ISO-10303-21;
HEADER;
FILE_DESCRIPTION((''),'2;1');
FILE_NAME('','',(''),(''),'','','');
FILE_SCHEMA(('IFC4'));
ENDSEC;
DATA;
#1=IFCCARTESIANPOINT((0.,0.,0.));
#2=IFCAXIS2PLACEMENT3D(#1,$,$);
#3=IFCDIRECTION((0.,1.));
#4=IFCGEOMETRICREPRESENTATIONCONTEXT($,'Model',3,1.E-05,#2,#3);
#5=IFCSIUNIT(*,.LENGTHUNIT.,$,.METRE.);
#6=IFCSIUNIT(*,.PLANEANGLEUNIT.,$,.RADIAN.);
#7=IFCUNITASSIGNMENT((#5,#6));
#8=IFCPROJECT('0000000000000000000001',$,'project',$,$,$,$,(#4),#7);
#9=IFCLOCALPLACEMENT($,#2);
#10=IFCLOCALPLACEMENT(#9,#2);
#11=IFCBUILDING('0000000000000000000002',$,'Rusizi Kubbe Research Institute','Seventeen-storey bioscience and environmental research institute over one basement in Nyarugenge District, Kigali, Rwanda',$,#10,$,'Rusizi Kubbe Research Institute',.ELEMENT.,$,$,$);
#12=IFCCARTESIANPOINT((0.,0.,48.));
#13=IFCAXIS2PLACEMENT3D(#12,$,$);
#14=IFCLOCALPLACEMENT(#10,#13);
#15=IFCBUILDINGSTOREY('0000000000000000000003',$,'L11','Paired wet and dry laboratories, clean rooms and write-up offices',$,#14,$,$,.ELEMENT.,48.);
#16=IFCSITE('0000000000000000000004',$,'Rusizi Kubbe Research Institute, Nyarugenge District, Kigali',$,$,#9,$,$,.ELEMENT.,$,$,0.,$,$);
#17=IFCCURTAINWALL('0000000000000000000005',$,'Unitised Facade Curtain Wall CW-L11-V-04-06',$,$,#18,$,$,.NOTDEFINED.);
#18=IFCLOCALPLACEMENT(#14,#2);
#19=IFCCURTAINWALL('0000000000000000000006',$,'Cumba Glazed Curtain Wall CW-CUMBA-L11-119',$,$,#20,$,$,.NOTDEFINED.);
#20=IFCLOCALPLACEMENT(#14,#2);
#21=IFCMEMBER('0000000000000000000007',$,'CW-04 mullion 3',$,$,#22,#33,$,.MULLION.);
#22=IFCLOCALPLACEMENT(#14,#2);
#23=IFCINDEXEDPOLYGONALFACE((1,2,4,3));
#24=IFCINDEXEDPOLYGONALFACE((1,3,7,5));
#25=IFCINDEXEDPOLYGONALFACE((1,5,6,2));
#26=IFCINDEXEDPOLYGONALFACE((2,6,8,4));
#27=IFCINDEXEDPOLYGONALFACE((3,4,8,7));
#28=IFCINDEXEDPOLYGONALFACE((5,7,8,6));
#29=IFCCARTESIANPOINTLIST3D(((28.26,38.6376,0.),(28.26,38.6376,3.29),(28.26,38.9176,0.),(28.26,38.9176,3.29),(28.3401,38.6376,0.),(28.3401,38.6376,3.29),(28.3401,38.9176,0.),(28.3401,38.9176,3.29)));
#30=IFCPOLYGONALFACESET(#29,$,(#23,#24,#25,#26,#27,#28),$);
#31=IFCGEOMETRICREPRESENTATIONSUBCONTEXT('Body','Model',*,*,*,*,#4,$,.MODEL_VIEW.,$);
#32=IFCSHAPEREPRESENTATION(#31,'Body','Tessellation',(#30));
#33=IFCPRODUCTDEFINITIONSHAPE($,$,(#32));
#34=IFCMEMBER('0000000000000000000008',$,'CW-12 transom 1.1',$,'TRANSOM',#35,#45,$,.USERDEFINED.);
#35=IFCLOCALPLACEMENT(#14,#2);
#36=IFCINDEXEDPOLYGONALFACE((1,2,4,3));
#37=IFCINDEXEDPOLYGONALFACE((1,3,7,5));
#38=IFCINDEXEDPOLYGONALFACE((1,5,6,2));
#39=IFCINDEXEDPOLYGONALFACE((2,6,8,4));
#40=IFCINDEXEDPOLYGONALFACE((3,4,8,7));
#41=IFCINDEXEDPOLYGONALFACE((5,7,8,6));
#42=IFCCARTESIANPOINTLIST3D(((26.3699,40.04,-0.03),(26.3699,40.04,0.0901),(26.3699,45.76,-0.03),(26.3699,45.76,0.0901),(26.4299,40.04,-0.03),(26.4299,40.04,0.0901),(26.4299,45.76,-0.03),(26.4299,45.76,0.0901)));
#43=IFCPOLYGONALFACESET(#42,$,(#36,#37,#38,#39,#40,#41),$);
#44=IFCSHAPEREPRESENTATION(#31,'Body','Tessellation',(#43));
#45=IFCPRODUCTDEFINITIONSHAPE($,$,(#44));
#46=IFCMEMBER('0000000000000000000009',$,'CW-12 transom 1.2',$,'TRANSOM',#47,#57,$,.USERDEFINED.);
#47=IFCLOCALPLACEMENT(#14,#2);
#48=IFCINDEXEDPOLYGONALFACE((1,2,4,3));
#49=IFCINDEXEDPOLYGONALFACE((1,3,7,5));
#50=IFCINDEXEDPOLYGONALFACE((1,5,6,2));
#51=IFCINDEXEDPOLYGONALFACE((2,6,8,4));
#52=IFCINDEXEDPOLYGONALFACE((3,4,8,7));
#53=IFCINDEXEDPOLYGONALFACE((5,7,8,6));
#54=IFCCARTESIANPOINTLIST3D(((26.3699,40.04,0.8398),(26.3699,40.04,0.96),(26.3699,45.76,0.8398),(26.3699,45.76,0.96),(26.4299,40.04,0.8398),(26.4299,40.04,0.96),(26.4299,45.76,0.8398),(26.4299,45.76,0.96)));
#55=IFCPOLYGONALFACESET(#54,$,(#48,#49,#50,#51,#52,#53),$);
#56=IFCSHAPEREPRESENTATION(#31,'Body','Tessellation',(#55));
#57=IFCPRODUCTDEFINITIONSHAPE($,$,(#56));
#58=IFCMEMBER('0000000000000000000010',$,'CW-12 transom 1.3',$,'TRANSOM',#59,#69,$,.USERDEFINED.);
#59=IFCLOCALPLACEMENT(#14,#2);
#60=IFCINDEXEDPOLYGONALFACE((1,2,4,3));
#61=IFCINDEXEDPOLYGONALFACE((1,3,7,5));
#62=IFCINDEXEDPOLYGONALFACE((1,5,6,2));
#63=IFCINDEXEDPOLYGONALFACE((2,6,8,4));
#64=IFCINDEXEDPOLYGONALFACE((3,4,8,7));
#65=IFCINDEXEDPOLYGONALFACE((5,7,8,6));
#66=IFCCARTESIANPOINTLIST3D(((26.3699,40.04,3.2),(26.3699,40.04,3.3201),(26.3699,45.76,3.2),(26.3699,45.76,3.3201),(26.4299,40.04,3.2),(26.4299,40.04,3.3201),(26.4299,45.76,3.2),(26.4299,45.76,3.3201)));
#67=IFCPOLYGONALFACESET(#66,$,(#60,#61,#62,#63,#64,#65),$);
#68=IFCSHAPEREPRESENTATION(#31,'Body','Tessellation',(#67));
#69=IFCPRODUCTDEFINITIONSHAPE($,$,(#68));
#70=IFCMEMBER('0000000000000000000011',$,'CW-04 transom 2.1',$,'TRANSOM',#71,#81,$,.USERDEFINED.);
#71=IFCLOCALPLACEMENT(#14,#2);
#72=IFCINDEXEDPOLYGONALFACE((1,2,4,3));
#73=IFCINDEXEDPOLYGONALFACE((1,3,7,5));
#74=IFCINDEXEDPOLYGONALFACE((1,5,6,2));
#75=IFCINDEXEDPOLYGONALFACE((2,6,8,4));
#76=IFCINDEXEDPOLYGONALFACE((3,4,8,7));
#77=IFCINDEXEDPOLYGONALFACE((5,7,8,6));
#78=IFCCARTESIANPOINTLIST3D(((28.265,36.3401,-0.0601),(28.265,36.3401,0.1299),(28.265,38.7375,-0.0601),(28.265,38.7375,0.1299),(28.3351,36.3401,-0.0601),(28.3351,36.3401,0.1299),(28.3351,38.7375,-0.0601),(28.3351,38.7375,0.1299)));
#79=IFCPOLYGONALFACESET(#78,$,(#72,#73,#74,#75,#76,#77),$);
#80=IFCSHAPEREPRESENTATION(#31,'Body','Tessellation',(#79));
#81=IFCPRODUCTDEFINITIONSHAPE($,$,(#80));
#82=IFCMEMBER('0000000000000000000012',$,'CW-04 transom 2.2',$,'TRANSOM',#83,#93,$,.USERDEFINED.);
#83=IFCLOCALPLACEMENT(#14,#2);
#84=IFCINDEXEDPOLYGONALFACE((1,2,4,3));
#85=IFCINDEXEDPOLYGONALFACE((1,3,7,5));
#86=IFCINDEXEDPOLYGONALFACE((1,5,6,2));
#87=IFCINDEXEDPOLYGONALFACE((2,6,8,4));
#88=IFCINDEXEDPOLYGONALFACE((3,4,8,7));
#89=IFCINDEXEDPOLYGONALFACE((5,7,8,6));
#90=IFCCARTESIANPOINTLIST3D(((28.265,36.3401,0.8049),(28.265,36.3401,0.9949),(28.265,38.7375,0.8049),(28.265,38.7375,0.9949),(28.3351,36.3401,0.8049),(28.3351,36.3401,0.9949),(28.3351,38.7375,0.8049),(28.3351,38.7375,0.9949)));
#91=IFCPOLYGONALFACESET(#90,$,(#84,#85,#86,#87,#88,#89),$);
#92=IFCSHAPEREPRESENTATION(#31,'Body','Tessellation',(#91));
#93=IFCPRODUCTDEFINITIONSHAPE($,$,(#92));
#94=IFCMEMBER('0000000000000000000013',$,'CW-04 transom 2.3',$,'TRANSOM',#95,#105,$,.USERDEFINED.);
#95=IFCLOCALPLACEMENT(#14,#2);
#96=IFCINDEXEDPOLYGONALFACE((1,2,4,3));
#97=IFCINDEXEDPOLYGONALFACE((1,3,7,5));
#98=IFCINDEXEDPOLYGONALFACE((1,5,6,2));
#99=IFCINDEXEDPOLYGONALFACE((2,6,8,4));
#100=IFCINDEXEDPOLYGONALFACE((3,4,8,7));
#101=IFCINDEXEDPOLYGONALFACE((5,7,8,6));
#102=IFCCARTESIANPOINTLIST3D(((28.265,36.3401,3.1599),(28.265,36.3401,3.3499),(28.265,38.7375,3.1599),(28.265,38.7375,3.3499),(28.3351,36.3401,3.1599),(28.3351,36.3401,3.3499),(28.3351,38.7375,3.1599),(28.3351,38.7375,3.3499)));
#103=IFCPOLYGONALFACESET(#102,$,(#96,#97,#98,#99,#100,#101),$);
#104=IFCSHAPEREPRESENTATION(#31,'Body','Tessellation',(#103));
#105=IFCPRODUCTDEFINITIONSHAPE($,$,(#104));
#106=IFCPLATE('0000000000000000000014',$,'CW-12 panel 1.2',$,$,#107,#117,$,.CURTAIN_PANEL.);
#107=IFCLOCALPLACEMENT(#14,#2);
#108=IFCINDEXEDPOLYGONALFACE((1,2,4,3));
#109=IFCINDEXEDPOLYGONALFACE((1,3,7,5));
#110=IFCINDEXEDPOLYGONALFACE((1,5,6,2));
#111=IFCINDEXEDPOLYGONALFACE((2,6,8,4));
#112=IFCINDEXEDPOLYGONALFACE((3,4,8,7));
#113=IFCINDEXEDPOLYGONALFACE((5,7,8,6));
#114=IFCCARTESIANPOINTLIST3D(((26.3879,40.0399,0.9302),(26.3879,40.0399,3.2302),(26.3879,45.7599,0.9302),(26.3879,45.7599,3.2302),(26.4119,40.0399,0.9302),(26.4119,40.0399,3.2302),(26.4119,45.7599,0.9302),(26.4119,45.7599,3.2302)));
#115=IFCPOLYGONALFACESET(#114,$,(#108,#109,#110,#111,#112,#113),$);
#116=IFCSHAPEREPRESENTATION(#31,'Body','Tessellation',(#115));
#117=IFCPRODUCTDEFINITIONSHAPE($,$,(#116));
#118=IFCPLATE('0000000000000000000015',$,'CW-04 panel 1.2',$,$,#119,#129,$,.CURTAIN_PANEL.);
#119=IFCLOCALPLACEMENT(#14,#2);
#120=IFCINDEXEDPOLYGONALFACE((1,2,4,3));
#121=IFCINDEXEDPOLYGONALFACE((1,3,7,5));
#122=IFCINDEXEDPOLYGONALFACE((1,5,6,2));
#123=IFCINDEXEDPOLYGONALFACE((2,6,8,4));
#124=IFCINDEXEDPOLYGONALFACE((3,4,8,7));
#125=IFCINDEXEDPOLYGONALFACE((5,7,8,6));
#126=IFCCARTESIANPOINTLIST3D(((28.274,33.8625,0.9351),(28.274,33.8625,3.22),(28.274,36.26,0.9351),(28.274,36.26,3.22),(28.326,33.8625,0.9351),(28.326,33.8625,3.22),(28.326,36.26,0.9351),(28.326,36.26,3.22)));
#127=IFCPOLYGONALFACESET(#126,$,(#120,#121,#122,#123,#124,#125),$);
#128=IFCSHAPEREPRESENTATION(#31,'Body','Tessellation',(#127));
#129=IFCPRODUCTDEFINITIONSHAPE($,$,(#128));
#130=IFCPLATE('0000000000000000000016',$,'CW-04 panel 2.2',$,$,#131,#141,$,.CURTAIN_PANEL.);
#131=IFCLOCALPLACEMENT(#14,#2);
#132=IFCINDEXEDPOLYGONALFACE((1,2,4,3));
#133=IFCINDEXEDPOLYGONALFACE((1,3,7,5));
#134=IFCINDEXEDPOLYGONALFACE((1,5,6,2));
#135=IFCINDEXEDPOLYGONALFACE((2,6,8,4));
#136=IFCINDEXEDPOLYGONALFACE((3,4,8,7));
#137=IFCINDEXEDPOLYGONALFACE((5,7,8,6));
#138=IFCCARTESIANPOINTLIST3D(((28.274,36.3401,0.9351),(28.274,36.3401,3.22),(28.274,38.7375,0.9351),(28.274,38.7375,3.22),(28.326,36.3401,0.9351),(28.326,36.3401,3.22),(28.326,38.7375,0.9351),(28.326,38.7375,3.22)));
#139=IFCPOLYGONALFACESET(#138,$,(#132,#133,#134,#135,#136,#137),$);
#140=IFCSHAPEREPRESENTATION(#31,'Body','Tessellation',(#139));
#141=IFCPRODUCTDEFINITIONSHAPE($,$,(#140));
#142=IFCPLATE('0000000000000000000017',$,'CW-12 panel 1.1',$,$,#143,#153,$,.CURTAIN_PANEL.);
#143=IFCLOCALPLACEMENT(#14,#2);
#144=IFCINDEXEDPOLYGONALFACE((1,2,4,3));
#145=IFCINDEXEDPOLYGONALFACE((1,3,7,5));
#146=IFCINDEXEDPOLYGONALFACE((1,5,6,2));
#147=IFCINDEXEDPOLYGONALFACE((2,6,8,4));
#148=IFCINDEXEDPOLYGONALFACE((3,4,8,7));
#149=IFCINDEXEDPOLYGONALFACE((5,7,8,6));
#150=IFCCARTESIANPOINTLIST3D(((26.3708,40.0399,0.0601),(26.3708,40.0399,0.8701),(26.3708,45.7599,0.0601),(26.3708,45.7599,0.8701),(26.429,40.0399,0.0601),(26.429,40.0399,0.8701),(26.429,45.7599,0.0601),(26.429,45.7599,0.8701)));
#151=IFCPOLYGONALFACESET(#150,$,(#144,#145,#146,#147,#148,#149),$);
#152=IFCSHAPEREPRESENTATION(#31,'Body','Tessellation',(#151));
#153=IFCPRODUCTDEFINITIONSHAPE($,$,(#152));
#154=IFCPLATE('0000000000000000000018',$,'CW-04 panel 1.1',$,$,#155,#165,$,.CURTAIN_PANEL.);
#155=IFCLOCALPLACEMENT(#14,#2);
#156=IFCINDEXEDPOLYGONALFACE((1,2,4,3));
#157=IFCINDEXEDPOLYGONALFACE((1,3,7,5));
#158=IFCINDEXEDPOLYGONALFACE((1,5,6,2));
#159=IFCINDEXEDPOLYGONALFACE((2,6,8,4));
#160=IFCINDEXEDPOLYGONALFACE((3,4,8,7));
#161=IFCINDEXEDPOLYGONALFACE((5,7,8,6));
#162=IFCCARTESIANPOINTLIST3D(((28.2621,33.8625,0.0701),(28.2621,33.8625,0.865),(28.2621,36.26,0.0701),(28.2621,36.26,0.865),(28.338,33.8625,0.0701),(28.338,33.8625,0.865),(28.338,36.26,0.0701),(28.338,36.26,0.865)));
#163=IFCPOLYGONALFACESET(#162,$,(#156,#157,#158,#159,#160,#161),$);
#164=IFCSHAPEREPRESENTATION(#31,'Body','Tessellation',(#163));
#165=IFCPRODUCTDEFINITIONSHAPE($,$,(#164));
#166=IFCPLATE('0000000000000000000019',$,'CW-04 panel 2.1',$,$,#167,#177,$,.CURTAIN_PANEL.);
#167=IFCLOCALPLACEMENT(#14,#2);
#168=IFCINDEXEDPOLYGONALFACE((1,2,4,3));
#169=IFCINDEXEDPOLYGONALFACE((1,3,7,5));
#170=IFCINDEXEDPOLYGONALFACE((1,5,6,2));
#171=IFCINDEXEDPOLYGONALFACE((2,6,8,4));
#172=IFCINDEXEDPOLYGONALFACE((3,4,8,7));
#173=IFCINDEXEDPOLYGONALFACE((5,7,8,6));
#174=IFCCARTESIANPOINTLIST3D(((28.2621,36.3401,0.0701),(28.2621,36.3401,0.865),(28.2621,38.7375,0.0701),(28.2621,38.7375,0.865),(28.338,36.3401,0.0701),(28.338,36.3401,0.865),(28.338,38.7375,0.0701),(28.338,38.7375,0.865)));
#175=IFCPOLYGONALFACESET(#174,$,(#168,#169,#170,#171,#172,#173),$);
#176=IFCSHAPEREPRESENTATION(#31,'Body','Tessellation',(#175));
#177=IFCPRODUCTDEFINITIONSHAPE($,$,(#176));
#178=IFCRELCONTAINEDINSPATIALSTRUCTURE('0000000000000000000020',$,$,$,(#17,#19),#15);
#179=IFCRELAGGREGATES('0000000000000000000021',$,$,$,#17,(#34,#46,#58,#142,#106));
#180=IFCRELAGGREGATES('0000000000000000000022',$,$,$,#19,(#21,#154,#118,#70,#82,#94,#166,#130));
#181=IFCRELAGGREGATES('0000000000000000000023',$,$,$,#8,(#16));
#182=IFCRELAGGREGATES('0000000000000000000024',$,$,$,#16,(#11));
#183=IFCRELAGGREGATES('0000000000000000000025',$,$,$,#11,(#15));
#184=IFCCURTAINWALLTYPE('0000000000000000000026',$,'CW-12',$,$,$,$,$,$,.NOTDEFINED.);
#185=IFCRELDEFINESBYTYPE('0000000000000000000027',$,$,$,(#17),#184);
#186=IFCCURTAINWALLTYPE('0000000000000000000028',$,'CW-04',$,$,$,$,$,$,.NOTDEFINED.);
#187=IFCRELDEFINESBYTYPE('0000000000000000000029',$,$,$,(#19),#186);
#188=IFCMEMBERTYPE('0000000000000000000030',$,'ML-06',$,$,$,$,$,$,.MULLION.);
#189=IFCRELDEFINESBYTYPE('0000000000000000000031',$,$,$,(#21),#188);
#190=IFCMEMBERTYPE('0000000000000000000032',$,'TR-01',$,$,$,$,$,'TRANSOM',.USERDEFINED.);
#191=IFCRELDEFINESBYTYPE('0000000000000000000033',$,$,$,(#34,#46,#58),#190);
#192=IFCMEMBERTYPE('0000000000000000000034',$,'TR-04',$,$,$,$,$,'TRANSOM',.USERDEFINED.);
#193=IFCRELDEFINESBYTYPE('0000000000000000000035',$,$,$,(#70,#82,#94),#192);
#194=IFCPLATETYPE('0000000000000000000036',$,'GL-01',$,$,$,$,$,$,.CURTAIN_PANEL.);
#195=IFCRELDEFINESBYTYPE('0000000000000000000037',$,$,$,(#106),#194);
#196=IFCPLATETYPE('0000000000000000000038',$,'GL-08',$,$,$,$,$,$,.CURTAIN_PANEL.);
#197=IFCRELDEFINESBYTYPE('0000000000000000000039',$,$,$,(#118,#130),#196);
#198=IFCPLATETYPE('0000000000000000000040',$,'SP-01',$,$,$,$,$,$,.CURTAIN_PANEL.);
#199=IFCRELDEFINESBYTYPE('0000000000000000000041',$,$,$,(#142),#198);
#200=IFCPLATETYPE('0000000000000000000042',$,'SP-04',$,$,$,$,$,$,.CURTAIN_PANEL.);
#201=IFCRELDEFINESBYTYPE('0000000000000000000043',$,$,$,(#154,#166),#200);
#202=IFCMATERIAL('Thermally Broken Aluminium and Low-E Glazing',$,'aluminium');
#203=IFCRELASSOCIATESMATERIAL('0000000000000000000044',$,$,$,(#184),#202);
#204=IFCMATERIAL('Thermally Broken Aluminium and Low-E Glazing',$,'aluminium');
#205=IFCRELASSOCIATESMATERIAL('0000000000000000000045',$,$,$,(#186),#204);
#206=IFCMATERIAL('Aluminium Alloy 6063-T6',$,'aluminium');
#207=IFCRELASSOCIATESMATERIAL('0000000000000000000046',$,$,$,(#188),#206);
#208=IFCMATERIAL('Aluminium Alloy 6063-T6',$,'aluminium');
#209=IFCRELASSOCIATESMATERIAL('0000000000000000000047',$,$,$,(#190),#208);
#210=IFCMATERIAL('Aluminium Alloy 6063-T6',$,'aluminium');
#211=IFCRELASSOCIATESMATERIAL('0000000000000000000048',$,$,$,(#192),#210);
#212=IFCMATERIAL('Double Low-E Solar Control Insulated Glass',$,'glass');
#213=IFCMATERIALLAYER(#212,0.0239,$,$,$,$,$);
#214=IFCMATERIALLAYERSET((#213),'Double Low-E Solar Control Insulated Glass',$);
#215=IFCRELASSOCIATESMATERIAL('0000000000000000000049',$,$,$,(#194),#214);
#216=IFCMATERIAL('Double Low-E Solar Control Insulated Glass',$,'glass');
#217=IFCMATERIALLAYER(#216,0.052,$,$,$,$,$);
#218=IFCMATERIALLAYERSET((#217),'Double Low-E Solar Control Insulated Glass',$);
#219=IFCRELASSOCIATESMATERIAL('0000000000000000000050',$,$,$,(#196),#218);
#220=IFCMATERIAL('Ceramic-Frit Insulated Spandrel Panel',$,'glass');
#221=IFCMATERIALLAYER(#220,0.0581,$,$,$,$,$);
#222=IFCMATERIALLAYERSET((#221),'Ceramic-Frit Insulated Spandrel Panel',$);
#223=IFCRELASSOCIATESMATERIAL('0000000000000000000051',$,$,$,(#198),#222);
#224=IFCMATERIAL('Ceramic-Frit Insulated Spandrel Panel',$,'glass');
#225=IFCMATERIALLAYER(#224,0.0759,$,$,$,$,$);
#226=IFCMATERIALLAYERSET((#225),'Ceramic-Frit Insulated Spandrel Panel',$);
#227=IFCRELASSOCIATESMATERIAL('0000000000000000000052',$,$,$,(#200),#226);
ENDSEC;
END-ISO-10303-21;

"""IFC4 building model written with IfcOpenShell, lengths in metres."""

from ifc_helpers import new_model, si_unit, direction, frame, origin, origin_2d, place, context, subcontext, project, spatial, rectangle, extrude, material, layer, layer_set, material_profile, profile_set, type_object, element, aggregate, save


model = new_model("IFC4")

# Units and contexts
model_context = context("Model", 3, precision=1e-05, world=origin(), true_north=direction((0.0, 1.0)))
body_context = subcontext(model_context, "Body", "Model", "MODEL_VIEW")
ifc_project = project(units=[si_unit("LENGTHUNIT", "METRE"), si_unit("PLANEANGLEUNIT", "RADIAN")], contexts=[model_context])

# Site, building, storey
site_placement = place(None, origin())
site = spatial("IfcSite", under=ifc_project, at=site_placement, Name="Rusizi Kubbe Research Institute, Nyarugenge District, Kigali", CompositionType="ELEMENT", RefElevation=0.0)
building_placement = place(site_placement, origin())
building = spatial("IfcBuilding", under=site, at=building_placement, Name="Rusizi Kubbe Research Institute", Description="Seventeen-storey bioscience and environmental research institute over one basement in Nyarugenge District, Kigali, Rwanda", LongName="Rusizi Kubbe Research Institute", CompositionType="ELEMENT")
storey_placement = place(building_placement, frame((0.0, 0.0, 48.0)))
storey = spatial("IfcBuildingStorey", under=building, at=storey_placement, Name="L11", Description="Paired wet and dry laboratories, clean rooms and write-up offices", CompositionType="ELEMENT", Elevation=48.0)

# Curtain walls, member
ifc_material_1 = material(Name="Thermally Broken Aluminium and Low-E Glazing", Category="aluminium")
curtain_wall_type_1 = type_object("IfcCurtainWallType", Name="CW-12", PredefinedType="NOTDEFINED", material=ifc_material_1)
curtain_wall_1_placement = place(storey_placement, origin())
curtain_wall_1 = element("IfcCurtainWall", 1, at=curtain_wall_1_placement, inside=storey, type_object=curtain_wall_type_1, Name="Unitised Facade Curtain Wall CW-L11-V-04-06", PredefinedType="NOTDEFINED")
ifc_material_2 = material(Name="Thermally Broken Aluminium and Low-E Glazing", Category="aluminium")
curtain_wall_type_2 = type_object("IfcCurtainWallType", Name="CW-04", PredefinedType="NOTDEFINED", material=ifc_material_2)
curtain_wall_2_placement = place(storey_placement, origin())
curtain_wall_2 = element("IfcCurtainWall", 2, at=curtain_wall_2_placement, inside=storey, type_object=curtain_wall_type_2, Name="Cumba Glazed Curtain Wall CW-CUMBA-L11-119", PredefinedType="NOTDEFINED")
ifc_material_3 = material(Name="Aluminium Alloy 6063-T6", Category="aluminium")
ifc_material_profile_1 = material_profile(ifc_material_3, rectangle(XDim=0.0801, YDim=0.28, at=origin_2d()), Name="ALU-M 80x280")
ifc_profile_set_1 = profile_set([ifc_material_profile_1], Name="Aluminium Alloy 6063-T6")
member_type_1 = type_object("IfcMemberType", Name="ML-06", PredefinedType="MULLION", material=ifc_profile_set_1)
member_1_placement = place(storey_placement, frame((28.3, 38.7776, 0.0), z_axis=(0.0, 0.0, 1.0), x_axis=(-1.0, 0.0, 0.0)))
member_1 = element("IfcMember", 3, at=member_1_placement, type_object=member_type_1, Name="CW-04 mullion 3", PredefinedType="MULLION", context=body_context, shape_type="SweptSolid", body=[
    extrude(rectangle(XDim=0.0801, YDim=0.28, at=origin_2d()), origin(), (0.0, 0.0, 1.0), 3.29),
])

# Members
ifc_material_4 = material(Name="Aluminium Alloy 6063-T6", Category="aluminium")
ifc_material_profile_2 = material_profile(ifc_material_4, rectangle(XDim=0.0601, YDim=0.1201, at=origin_2d()), Name="ALU-T 60x120")
ifc_profile_set_2 = profile_set([ifc_material_profile_2], Name="Aluminium Alloy 6063-T6")
member_type_2 = type_object("IfcMemberType", Name="TR-01", ElementType="TRANSOM", PredefinedType="USERDEFINED", material=ifc_profile_set_2)
member_2_placement = place(storey_placement, frame((26.3999, 40.04, 0.03), z_axis=(0.0, 1.0, 0.0), x_axis=(-1.0, 0.0, 0.0)))
member_2 = element("IfcMember", 4, at=member_2_placement, type_object=member_type_2, Name="CW-12 transom 1.1", ObjectType="TRANSOM", PredefinedType="USERDEFINED", context=body_context, shape_type="SweptSolid", body=[
    extrude(rectangle(XDim=0.0601, YDim=0.1201, at=origin_2d()), origin(), (0.0, 0.0, 1.0), 5.72),
])
member_3_placement = place(storey_placement, frame((26.3999, 40.04, 0.8999), z_axis=(0.0, 1.0, 0.0), x_axis=(-1.0, 0.0, 0.0)))
member_3 = element("IfcMember", 5, at=member_3_placement, type_object=member_type_2, Name="CW-12 transom 1.2", ObjectType="TRANSOM", PredefinedType="USERDEFINED", context=body_context, shape_type="SweptSolid", body=[
    extrude(rectangle(XDim=0.0601, YDim=0.1201, at=origin_2d()), origin(), (0.0, 0.0, 1.0), 5.72),
])
member_4_placement = place(storey_placement, frame((26.3999, 40.04, 3.26), z_axis=(0.0, 1.0, 0.0), x_axis=(-1.0, 0.0, 0.0)))
member_4 = element("IfcMember", 6, at=member_4_placement, type_object=member_type_2, Name="CW-12 transom 1.3", ObjectType="TRANSOM", PredefinedType="USERDEFINED", context=body_context, shape_type="SweptSolid", body=[
    extrude(rectangle(XDim=0.0601, YDim=0.1201, at=origin_2d()), origin(), (0.0, 0.0, 1.0), 5.72),
])
ifc_material_5 = material(Name="Aluminium Alloy 6063-T6", Category="aluminium")
ifc_material_profile_3 = material_profile(ifc_material_5, rectangle(XDim=0.0701, YDim=0.1899, at=origin_2d()), Name="ALU-T 70x190")
ifc_profile_set_3 = profile_set([ifc_material_profile_3], Name="Aluminium Alloy 6063-T6")
member_type_3 = type_object("IfcMemberType", Name="TR-04", ElementType="TRANSOM", PredefinedType="USERDEFINED", material=ifc_profile_set_3)
member_5_placement = place(storey_placement, frame((28.3, 36.3401, 0.0349), z_axis=(0.0, 1.0, 0.0), x_axis=(-1.0, 0.0, 0.0)))
member_5 = element("IfcMember", 7, at=member_5_placement, type_object=member_type_3, Name="CW-04 transom 2.1", ObjectType="TRANSOM", PredefinedType="USERDEFINED", context=body_context, shape_type="SweptSolid", body=[
    extrude(rectangle(XDim=0.0701, YDim=0.1899, at=origin_2d()), origin(), (0.0, 0.0, 1.0), 2.3975),
])
member_6_placement = place(storey_placement, frame((28.3, 36.3401, 0.8999), z_axis=(0.0, 1.0, 0.0), x_axis=(-1.0, 0.0, 0.0)))
member_6 = element("IfcMember", 8, at=member_6_placement, type_object=member_type_3, Name="CW-04 transom 2.2", ObjectType="TRANSOM", PredefinedType="USERDEFINED", context=body_context, shape_type="SweptSolid", body=[
    extrude(rectangle(XDim=0.0701, YDim=0.1899, at=origin_2d()), origin(), (0.0, 0.0, 1.0), 2.3975),
])
member_7_placement = place(storey_placement, frame((28.3, 36.3401, 3.2549), z_axis=(0.0, 1.0, 0.0), x_axis=(-1.0, 0.0, 0.0)))
member_7 = element("IfcMember", 9, at=member_7_placement, type_object=member_type_3, Name="CW-04 transom 2.3", ObjectType="TRANSOM", PredefinedType="USERDEFINED", context=body_context, shape_type="SweptSolid", body=[
    extrude(rectangle(XDim=0.0701, YDim=0.1899, at=origin_2d()), origin(), (0.0, 0.0, 1.0), 2.3975),
])

# Plates
ifc_material_6 = material(Name="Double Low-E Solar Control Insulated Glass", Category="glass")
ifc_layer_1 = layer(ifc_material_6, 0.0239)
ifc_layer_set_1 = layer_set([ifc_layer_1], Name="Double Low-E Solar Control Insulated Glass")
plate_type_1 = type_object("IfcPlateType", Name="GL-01", PredefinedType="CURTAIN_PANEL", material=ifc_layer_set_1)
plate_1_placement = place(storey_placement, frame((26.3999, 42.8999, 0.9302), z_axis=(0.0, 0.0, 1.0), x_axis=(0.0, 1.0, 0.0)))
plate_1 = element("IfcPlate", 10, at=plate_1_placement, type_object=plate_type_1, Name="CW-12 panel 1.2", PredefinedType="CURTAIN_PANEL", context=body_context, shape_type="SweptSolid", body=[
    extrude(rectangle(XDim=5.72, YDim=0.0239, at=origin_2d()), origin(), (0.0, 0.0, 1.0), 2.3),
])
ifc_material_7 = material(Name="Double Low-E Solar Control Insulated Glass", Category="glass")
ifc_layer_2 = layer(ifc_material_7, 0.052)
ifc_layer_set_2 = layer_set([ifc_layer_2], Name="Double Low-E Solar Control Insulated Glass")
plate_type_2 = type_object("IfcPlateType", Name="GL-08", PredefinedType="CURTAIN_PANEL", material=ifc_layer_set_2)
plate_2_placement = place(storey_placement, frame((28.3, 35.0613, 0.9351), z_axis=(0.0, 0.0, 1.0), x_axis=(0.0, 1.0, 0.0)))
plate_2 = element("IfcPlate", 11, at=plate_2_placement, type_object=plate_type_2, Name="CW-04 panel 1.2", PredefinedType="CURTAIN_PANEL", context=body_context, shape_type="SweptSolid", body=[
    extrude(rectangle(XDim=2.3975, YDim=0.052, at=origin_2d()), origin(), (0.0, 0.0, 1.0), 2.2849),
])
plate_3_placement = place(storey_placement, frame((28.3, 37.5388, 0.9351), z_axis=(0.0, 0.0, 1.0), x_axis=(0.0, 1.0, 0.0)))
plate_3 = element("IfcPlate", 12, at=plate_3_placement, type_object=plate_type_2, Name="CW-04 panel 2.2", PredefinedType="CURTAIN_PANEL", context=body_context, shape_type="SweptSolid", body=[
    extrude(rectangle(XDim=2.3975, YDim=0.052, at=origin_2d()), origin(), (0.0, 0.0, 1.0), 2.2849),
])
ifc_material_8 = material(Name="Ceramic-Frit Insulated Spandrel Panel", Category="glass")
ifc_layer_3 = layer(ifc_material_8, 0.0581)
ifc_layer_set_3 = layer_set([ifc_layer_3], Name="Ceramic-Frit Insulated Spandrel Panel")
plate_type_3 = type_object("IfcPlateType", Name="SP-01", PredefinedType="CURTAIN_PANEL", material=ifc_layer_set_3)
plate_4_placement = place(storey_placement, frame((26.3999, 42.8999, 0.0601), z_axis=(0.0, 0.0, 1.0), x_axis=(0.0, 1.0, 0.0)))
plate_4 = element("IfcPlate", 13, at=plate_4_placement, type_object=plate_type_3, Name="CW-12 panel 1.1", PredefinedType="CURTAIN_PANEL", context=body_context, shape_type="SweptSolid", body=[
    extrude(rectangle(XDim=5.72, YDim=0.0581, at=origin_2d()), origin(), (0.0, 0.0, 1.0), 0.8101),
])
aggregate(curtain_wall_1, [member_2, member_3, member_4, plate_4, plate_1])
ifc_material_9 = material(Name="Ceramic-Frit Insulated Spandrel Panel", Category="glass")
ifc_layer_4 = layer(ifc_material_9, 0.0759)
ifc_layer_set_4 = layer_set([ifc_layer_4], Name="Ceramic-Frit Insulated Spandrel Panel")
plate_type_4 = type_object("IfcPlateType", Name="SP-04", PredefinedType="CURTAIN_PANEL", material=ifc_layer_set_4)
plate_5_placement = place(storey_placement, frame((28.3, 35.0613, 0.0701), z_axis=(0.0, 0.0, 1.0), x_axis=(0.0, 1.0, 0.0)))
plate_5 = element("IfcPlate", 14, at=plate_5_placement, type_object=plate_type_4, Name="CW-04 panel 1.1", PredefinedType="CURTAIN_PANEL", context=body_context, shape_type="SweptSolid", body=[
    extrude(rectangle(XDim=2.3975, YDim=0.0759, at=origin_2d()), origin(), (0.0, 0.0, 1.0), 0.7949),
])
plate_6_placement = place(storey_placement, frame((28.3, 37.5388, 0.0701), z_axis=(0.0, 0.0, 1.0), x_axis=(0.0, 1.0, 0.0)))
plate_6 = element("IfcPlate", 15, at=plate_6_placement, type_object=plate_type_4, Name="CW-04 panel 2.1", PredefinedType="CURTAIN_PANEL", context=body_context, shape_type="SweptSolid", body=[
    extrude(rectangle(XDim=2.3975, YDim=0.0759, at=origin_2d()), origin(), (0.0, 0.0, 1.0), 0.7949),
])
aggregate(curtain_wall_2, [member_1, plate_5, plate_2, member_5, member_6, member_7, plate_6, plate_3])

save(model, "model.ifc")
